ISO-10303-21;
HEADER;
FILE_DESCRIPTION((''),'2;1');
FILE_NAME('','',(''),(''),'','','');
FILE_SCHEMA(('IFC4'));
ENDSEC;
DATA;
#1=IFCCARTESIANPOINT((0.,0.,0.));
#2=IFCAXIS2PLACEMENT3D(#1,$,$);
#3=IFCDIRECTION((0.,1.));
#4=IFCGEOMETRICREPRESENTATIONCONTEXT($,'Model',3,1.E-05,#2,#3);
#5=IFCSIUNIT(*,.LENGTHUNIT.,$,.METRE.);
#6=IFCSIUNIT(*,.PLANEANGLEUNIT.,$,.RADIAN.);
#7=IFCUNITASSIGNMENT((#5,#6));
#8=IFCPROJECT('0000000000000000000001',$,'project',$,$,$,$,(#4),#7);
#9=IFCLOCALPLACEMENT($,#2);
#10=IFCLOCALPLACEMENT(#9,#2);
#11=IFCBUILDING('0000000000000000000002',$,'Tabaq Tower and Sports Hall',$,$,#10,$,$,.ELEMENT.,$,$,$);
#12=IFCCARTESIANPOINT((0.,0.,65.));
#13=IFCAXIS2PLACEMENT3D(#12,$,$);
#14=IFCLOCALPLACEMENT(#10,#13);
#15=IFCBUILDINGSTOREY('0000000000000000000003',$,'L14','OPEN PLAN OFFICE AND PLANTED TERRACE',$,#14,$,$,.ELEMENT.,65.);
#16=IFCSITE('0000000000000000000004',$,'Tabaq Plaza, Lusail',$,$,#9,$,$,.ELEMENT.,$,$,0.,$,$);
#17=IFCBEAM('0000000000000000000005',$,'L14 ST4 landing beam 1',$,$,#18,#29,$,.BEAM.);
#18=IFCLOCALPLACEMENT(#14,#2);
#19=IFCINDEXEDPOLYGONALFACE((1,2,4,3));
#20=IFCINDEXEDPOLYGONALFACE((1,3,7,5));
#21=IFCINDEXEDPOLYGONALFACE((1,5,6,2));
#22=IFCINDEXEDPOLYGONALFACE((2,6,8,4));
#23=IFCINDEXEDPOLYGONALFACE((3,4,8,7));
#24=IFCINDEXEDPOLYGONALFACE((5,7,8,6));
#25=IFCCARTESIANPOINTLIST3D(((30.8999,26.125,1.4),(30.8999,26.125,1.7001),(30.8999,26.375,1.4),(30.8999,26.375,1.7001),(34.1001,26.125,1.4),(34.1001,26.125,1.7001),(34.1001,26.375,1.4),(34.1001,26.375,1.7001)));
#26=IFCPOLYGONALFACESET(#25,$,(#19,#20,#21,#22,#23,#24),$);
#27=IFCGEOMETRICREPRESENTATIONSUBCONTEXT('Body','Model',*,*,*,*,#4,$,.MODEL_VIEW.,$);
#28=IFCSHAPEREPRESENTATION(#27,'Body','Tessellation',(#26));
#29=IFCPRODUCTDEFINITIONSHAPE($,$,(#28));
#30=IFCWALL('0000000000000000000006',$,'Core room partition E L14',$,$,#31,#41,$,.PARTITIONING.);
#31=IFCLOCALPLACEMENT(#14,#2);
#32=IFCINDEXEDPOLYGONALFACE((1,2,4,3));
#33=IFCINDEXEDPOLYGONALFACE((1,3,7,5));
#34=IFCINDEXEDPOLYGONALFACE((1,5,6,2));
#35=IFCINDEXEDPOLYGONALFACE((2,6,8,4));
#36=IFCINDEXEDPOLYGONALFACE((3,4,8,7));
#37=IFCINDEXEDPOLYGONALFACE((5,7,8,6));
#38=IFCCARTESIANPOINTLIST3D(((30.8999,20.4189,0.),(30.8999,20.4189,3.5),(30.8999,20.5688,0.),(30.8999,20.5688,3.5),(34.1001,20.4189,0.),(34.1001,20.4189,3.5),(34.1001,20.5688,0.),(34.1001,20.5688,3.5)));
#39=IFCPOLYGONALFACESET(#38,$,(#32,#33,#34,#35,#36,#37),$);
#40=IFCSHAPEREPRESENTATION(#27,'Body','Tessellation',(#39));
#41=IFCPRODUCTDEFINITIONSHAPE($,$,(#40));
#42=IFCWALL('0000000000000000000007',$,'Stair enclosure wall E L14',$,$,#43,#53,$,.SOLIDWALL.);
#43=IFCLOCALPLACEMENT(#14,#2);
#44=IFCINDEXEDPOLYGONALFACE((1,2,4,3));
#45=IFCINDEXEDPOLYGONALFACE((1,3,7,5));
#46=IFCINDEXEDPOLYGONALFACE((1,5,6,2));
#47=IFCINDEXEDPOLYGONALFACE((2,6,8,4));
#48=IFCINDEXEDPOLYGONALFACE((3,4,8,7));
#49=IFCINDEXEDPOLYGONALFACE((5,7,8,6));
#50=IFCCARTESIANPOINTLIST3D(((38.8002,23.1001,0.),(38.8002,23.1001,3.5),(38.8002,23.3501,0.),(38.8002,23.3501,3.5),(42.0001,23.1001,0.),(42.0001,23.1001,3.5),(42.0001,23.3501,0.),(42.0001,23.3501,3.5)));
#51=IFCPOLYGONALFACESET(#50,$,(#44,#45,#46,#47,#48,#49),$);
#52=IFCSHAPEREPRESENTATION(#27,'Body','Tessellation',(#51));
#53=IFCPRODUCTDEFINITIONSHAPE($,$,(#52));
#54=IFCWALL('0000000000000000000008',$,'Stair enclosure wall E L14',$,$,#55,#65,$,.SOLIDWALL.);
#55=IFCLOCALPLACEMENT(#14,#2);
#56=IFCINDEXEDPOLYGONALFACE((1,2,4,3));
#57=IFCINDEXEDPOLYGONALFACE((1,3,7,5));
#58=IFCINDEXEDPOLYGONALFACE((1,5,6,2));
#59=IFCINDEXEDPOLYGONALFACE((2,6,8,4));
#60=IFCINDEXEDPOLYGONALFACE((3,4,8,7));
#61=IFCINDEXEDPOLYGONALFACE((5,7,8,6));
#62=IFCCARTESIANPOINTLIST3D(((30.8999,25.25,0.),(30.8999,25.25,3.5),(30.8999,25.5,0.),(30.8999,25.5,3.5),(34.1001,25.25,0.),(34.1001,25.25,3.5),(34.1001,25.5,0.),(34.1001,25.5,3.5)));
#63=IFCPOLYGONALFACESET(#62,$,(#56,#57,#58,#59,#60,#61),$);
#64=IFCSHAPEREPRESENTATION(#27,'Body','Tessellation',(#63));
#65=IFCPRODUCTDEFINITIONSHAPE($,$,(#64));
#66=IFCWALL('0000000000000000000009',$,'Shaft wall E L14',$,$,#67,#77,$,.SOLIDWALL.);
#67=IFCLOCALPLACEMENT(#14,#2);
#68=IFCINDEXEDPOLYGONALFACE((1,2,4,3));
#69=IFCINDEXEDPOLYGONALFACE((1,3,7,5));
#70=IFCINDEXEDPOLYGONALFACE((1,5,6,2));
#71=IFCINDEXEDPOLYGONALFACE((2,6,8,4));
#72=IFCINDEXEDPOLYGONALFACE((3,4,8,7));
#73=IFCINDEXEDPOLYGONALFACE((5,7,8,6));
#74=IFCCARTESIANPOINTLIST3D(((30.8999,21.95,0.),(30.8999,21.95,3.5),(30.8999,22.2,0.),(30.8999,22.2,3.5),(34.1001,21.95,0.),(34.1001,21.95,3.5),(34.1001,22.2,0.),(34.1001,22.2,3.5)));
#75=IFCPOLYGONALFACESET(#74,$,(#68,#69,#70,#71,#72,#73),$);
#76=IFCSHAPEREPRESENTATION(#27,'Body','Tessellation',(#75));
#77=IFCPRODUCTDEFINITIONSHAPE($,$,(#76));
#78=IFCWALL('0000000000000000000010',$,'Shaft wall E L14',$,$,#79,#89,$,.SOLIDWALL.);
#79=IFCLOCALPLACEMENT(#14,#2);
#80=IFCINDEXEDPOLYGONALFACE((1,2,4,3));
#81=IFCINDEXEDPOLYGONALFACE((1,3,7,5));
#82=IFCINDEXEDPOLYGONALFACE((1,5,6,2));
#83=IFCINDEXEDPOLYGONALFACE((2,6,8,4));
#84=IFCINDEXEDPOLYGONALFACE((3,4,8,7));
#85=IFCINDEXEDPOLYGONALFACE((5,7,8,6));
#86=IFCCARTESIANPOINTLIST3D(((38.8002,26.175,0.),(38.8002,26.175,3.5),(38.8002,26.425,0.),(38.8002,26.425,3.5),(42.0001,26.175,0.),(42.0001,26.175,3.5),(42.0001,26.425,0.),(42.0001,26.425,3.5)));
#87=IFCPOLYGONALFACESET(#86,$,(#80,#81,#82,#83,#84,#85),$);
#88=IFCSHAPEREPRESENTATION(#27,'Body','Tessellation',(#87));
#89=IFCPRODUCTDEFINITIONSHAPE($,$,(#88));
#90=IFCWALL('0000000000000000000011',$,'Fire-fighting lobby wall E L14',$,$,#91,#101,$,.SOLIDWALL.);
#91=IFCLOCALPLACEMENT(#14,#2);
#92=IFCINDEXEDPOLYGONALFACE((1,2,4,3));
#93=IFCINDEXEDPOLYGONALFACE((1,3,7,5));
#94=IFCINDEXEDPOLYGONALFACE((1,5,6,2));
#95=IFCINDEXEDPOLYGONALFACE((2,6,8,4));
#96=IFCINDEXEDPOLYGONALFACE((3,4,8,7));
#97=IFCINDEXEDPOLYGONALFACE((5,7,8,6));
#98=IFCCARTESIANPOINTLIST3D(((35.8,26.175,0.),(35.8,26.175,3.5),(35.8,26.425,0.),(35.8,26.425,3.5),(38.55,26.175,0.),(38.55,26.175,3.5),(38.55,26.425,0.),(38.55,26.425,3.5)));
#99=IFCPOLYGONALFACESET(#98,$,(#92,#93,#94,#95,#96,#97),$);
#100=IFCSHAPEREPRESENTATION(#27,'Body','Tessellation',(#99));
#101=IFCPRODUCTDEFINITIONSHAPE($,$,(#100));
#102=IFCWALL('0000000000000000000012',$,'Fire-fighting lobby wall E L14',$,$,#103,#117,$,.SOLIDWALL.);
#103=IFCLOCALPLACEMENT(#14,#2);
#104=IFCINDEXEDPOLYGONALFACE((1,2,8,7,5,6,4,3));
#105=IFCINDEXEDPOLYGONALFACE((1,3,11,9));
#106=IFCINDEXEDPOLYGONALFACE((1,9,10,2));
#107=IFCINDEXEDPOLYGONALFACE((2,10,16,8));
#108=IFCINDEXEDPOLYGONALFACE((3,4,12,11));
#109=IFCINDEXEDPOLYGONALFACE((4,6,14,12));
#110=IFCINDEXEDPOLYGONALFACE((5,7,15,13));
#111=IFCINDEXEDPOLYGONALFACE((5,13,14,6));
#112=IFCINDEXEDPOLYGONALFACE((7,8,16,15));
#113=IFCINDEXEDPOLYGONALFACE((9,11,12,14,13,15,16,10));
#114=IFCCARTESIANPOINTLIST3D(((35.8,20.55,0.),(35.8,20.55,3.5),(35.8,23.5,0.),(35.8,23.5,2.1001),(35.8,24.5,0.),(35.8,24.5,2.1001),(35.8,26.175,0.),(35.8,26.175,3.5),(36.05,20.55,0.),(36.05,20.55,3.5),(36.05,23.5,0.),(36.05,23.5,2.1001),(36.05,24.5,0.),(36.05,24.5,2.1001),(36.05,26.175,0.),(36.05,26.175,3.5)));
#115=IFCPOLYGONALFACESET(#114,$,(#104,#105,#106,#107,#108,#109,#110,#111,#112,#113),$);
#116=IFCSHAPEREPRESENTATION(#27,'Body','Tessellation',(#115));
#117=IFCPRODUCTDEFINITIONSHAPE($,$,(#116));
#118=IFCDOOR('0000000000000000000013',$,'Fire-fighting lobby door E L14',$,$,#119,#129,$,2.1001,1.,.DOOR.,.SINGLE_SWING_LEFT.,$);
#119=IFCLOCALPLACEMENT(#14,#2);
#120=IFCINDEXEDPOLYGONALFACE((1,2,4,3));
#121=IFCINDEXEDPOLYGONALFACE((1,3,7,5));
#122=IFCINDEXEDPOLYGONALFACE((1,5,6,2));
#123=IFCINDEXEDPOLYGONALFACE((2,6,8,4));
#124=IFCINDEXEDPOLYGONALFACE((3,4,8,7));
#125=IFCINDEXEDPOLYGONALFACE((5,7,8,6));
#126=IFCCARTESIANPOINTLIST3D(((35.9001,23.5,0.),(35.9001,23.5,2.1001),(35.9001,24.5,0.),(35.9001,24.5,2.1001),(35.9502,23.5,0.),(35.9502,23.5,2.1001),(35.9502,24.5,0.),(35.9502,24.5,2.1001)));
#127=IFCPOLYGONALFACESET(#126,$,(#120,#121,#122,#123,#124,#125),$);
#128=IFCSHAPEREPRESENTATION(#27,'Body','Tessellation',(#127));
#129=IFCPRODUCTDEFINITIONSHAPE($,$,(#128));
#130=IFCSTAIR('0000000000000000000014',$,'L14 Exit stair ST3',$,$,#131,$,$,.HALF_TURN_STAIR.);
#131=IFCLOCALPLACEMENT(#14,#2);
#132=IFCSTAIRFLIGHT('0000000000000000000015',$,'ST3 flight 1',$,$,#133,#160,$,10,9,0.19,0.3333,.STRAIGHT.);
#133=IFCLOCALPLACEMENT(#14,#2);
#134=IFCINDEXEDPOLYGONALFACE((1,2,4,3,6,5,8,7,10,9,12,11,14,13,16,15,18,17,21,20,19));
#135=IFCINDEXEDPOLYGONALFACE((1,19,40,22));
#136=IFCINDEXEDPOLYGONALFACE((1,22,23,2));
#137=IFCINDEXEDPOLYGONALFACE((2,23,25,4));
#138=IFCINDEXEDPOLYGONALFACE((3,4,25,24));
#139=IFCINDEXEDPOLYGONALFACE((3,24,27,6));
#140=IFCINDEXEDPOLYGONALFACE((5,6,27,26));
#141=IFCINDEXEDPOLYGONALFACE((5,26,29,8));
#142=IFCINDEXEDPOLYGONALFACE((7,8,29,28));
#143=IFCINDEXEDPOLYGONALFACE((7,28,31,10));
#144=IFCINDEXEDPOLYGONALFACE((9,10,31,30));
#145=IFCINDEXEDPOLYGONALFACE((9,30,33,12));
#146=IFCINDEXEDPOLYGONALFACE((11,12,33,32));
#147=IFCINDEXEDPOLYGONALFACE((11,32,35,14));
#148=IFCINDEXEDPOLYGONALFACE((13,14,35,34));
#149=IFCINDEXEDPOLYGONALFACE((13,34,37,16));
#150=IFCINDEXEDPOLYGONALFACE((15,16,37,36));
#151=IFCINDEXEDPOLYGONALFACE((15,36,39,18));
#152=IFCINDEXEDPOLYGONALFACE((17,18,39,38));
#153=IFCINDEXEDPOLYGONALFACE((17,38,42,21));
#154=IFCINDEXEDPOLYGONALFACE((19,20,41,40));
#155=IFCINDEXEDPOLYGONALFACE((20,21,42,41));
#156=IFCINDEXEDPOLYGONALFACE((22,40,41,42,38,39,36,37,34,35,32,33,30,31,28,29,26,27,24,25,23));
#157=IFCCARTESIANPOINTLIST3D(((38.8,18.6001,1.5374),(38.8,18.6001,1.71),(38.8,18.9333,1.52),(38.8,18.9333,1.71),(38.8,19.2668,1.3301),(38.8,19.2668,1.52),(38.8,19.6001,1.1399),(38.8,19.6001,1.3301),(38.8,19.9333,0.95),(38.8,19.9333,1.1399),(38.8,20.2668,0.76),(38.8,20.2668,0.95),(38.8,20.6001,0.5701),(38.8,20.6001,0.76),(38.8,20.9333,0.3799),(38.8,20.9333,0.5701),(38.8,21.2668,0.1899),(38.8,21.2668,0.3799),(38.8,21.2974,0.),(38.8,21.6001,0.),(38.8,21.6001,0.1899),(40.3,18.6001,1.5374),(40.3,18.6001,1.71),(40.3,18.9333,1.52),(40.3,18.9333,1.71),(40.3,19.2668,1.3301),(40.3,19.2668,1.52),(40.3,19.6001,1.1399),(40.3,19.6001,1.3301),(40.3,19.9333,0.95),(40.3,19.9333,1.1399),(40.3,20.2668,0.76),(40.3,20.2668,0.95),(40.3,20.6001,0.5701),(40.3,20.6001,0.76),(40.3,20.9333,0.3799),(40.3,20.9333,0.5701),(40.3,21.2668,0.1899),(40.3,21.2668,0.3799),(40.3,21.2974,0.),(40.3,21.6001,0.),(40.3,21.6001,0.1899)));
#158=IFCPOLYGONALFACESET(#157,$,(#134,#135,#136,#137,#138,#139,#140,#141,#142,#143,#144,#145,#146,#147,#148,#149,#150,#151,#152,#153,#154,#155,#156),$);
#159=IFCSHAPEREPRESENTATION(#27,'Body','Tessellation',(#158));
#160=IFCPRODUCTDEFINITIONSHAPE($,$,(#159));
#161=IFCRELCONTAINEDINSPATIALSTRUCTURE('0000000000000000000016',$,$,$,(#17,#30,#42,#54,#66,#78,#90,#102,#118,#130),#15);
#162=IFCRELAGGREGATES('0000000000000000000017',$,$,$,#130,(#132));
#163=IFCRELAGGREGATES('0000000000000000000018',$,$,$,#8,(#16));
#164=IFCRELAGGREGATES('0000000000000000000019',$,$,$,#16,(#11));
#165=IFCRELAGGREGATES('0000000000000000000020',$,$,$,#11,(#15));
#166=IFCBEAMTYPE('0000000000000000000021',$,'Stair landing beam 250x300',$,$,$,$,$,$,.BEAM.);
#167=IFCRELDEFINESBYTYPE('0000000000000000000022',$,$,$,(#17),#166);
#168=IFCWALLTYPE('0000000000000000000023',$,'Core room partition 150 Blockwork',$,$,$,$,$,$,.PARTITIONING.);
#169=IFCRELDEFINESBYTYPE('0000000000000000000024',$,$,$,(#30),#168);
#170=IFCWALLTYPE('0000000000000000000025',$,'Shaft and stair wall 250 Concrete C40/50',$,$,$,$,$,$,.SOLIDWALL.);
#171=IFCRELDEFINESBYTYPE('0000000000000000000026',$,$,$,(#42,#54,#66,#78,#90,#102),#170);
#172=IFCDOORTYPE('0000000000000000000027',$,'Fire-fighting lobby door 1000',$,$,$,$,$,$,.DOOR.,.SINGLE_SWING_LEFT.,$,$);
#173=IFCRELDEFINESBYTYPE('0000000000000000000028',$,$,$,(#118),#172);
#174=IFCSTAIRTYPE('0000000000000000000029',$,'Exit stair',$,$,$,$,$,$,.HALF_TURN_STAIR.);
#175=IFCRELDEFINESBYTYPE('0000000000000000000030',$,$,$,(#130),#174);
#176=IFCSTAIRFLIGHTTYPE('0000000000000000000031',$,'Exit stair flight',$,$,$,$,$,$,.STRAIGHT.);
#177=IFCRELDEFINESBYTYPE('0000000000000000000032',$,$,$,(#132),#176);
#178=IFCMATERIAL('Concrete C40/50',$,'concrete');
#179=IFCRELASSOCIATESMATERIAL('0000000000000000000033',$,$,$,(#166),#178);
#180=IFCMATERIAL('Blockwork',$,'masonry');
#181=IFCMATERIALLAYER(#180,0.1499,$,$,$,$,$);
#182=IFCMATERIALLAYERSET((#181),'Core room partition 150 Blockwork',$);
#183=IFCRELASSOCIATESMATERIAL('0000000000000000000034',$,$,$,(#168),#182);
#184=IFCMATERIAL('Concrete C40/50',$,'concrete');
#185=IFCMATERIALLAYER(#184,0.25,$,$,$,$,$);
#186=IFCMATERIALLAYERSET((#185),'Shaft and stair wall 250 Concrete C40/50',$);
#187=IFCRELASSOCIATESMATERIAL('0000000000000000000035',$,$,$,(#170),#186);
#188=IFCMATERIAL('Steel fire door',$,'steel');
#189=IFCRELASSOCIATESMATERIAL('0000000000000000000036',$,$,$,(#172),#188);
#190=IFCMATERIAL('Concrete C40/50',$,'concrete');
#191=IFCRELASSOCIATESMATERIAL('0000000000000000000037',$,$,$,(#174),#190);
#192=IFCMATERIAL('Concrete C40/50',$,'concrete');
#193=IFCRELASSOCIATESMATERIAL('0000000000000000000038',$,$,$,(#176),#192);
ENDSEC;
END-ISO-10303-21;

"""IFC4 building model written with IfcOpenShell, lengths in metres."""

from ifc_helpers import new_model, si_unit, direction, frame, frame_2d, origin, origin_2d, place, context, subcontext, project, spatial, polyline, rectangle, outline, extrude, material, layer, layer_set, material_profile, profile_set, type_object, element, fill, aggregate, save


model = new_model("IFC4")

# Units and contexts
model_context = context("Model", 3, precision=1e-05, world=origin(), true_north=direction((0.0, 1.0)))
body_context = subcontext(model_context, "Body", "Model", "MODEL_VIEW")
ifc_project = project(units=[si_unit("LENGTHUNIT", "METRE"), si_unit("PLANEANGLEUNIT", "RADIAN")], contexts=[model_context])

# Site, building, storey
site_placement = place(None, origin())
site = spatial("IfcSite", under=ifc_project, at=site_placement, Name="Tabaq Plaza, Lusail", CompositionType="ELEMENT", RefElevation=0.0)
building_placement = place(site_placement, origin())
building = spatial("IfcBuilding", under=site, at=building_placement, Name="Tabaq Tower and Sports Hall", CompositionType="ELEMENT")
storey_placement = place(building_placement, frame((0.0, 0.0, 65.0)))
storey = spatial("IfcBuildingStorey", under=building, at=storey_placement, Name="L14", Description="OPEN PLAN OFFICE AND PLANTED TERRACE", CompositionType="ELEMENT", Elevation=65.0)

# Beam
ifc_material_1 = material(Name="Concrete C40/50", Category="concrete")
ifc_material_profile = material_profile(ifc_material_1, rectangle(XDim=0.25, YDim=0.3, at=origin_2d()), Name="RC 250x300")
ifc_profile_set = profile_set([ifc_material_profile], Name="Concrete C40/50")
beam_type = type_object("IfcBeamType", Name="Stair landing beam 250x300", PredefinedType="BEAM", material=ifc_profile_set)
beam_placement = place(storey_placement, frame((30.8999, 26.25, 1.55), z_axis=(1.0, 0.0, 0.0), x_axis=(0.0, 1.0, 0.0)))
element("IfcBeam", 1, at=beam_placement, inside=storey, type_object=beam_type, Name="L14 ST4 landing beam 1", PredefinedType="BEAM", context=body_context, shape_type="SweptSolid", body=[
    extrude(rectangle(XDim=0.25, YDim=0.3, at=origin_2d()), origin(), (0.0, 0.0, 1.0), 3.2002),
])

# Walls
ifc_material_2 = material(Name="Blockwork", Category="masonry")
ifc_layer_1 = layer(ifc_material_2, 0.1499)
ifc_layer_set_1 = layer_set([ifc_layer_1], Name="Core room partition 150 Blockwork")
wall_type_1 = type_object("IfcWallType", Name="Core room partition 150 Blockwork", PredefinedType="PARTITIONING", material=ifc_layer_set_1)
wall_1_placement = place(storey_placement, frame((30.8999, 20.4939, 0.0), z_axis=(0.0, 0.0, 1.0), x_axis=(1.0, 0.0, 0.0)))
element("IfcWall", 2, at=wall_1_placement, inside=storey, type_object=wall_type_1, Name="Core room partition E L14", PredefinedType="PARTITIONING", context=body_context, shape_type="SweptSolid", body=[
    extrude(rectangle(XDim=3.2002, YDim=0.1499, at=frame_2d((1.6001, 0.0))), origin(), (0.0, 0.0, 1.0), 3.5),
])
ifc_material_3 = material(Name="Concrete C40/50", Category="concrete")
ifc_layer_2 = layer(ifc_material_3, 0.25)
ifc_layer_set_2 = layer_set([ifc_layer_2], Name="Shaft and stair wall 250 Concrete C40/50")
wall_type_2 = type_object("IfcWallType", Name="Shaft and stair wall 250 Concrete C40/50", PredefinedType="SOLIDWALL", material=ifc_layer_set_2)
wall_2_placement = place(storey_placement, frame((38.8, 23.2251, 0.0), z_axis=(0.0, 0.0, 1.0), x_axis=(1.0, 0.0, 0.0)))
element("IfcWall", 3, at=wall_2_placement, inside=storey, type_object=wall_type_2, Name="Stair enclosure wall E L14", PredefinedType="SOLIDWALL", context=body_context, shape_type="SweptSolid", body=[
    extrude(rectangle(XDim=3.2, YDim=0.25, at=frame_2d((1.6001, 0.0))), origin(), (0.0, 0.0, 1.0), 3.5),
])
for number, where, z_axis, x_axis, name in (
    (4, (30.8999, 25.375, 0.0), (0.0, 0.0, 1.0), (1.0, 0.0, 0.0), "Stair enclosure wall E L14"),
    (5, (30.8999, 22.075, 0.0), (0.0, 0.0, 1.0), (1.0, 0.0, 0.0), "Shaft wall E L14"),
):
    element("IfcWall", number, at=place(storey_placement, frame(where, z_axis=z_axis, x_axis=x_axis)), inside=storey, type_object=wall_type_2, Name=name, PredefinedType="SOLIDWALL", context=body_context, shape_type="SweptSolid", body=[
        extrude(rectangle(XDim=3.2002, YDim=0.25, at=frame_2d((1.6001, 0.0))), origin(), (0.0, 0.0, 1.0), 3.5),
    ])
wall_3_placement = place(storey_placement, frame((38.8, 26.3, 0.0), z_axis=(0.0, 0.0, 1.0), x_axis=(1.0, 0.0, 0.0)))
element("IfcWall", 6, at=wall_3_placement, inside=storey, type_object=wall_type_2, Name="Shaft wall E L14", PredefinedType="SOLIDWALL", context=body_context, shape_type="SweptSolid", body=[
    extrude(rectangle(XDim=3.2, YDim=0.25, at=frame_2d((1.6001, 0.0))), origin(), (0.0, 0.0, 1.0), 3.5),
])
wall_4_placement = place(storey_placement, frame((35.8, 26.3, 0.0), z_axis=(0.0, 0.0, 1.0), x_axis=(1.0, 0.0, 0.0)))
element("IfcWall", 7, at=wall_4_placement, inside=storey, type_object=wall_type_2, Name="Fire-fighting lobby wall E L14", PredefinedType="SOLIDWALL", context=body_context, shape_type="SweptSolid", body=[
    extrude(rectangle(XDim=2.75, YDim=0.25, at=frame_2d((1.375, 0.0))), origin(), (0.0, 0.0, 1.0), 3.5),
])

# Wall, opening, door
wall_5_placement = place(storey_placement, frame((35.925, 20.55, 0.0), z_axis=(0.0, 0.0, 1.0), x_axis=(0.0, 1.0, 0.0)))
wall_5 = element("IfcWall", 8, at=wall_5_placement, inside=storey, type_object=wall_type_2, Name="Fire-fighting lobby wall E L14", PredefinedType="SOLIDWALL", context=body_context, shape_type="SweptSolid", body=[
    extrude(rectangle(XDim=5.625, YDim=0.25, at=frame_2d((2.8125, 0.0))), origin(), (0.0, 0.0, 1.0), 3.5),
])
opening_placement = place(wall_5_placement, frame((2.95, 0.0, 0.0)))
opening = element("IfcOpeningElement", 9, at=opening_placement, cuts=wall_5, PredefinedType="OPENING", context=body_context, shape_type="SweptSolid", body=[
    extrude(rectangle(XDim=1.0, YDim=2.1001, at=frame_2d((0.5, 1.05))), frame((0.0, 0.125, 0.0), z_axis=(0.0, -1.0, 0.0), x_axis=(1.0, 0.0, 0.0)), (0.0, 0.0, 1.0), 0.25),
])
ifc_material_4 = material(Name="Steel fire door", Category="steel")
door_type = type_object("IfcDoorType", Name="Fire-fighting lobby door 1000", OperationType="SINGLE_SWING_LEFT", PredefinedType="DOOR", material=ifc_material_4)
door_placement = place(opening_placement, origin())
door = element("IfcDoor", 10, at=door_placement, inside=storey, type_object=door_type, Name="Fire-fighting lobby door E L14", OperationType="SINGLE_SWING_LEFT", OverallHeight=2.1001, OverallWidth=1.0, PredefinedType="DOOR", context=body_context, shape_type="SweptSolid", body=[
    extrude(rectangle(XDim=1.0, YDim=2.1001, at=frame_2d((0.5, 1.05))), frame((0.0, 0.0249, 0.0), z_axis=(0.0, -1.0, 0.0), x_axis=(1.0, 0.0, 0.0)), (0.0, 0.0, 1.0), 0.05),
])
fill(opening, door)

# Stair, stair flight
ifc_material_5 = material(Name="Concrete C40/50", Category="concrete")
stair_type = type_object("IfcStairType", Name="Exit stair", PredefinedType="HALF_TURN_STAIR", material=ifc_material_5)
stair_1_placement = place(storey_placement, origin())
stair_1 = element("IfcStair", 11, at=stair_1_placement, inside=storey, type_object=stair_type, Name="L14 Exit stair ST3", PredefinedType="HALF_TURN_STAIR")
ifc_material_6 = material(Name="Concrete C40/50", Category="concrete")
stair_flight_type = type_object("IfcStairFlightType", Name="Exit stair flight", PredefinedType="STRAIGHT", material=ifc_material_6)
stair_flight_1_placement = place(storey_placement, frame((39.55, 21.6001, 0.0), z_axis=(0.0, 0.0, 1.0), x_axis=(0.0, -1.0, 0.0)))
stair_flight_1 = element("IfcStairFlight", 12, at=stair_flight_1_placement, type_object=stair_flight_type, Name="ST3 flight 1", NumberOfRisers=10, NumberOfTreads=9, PredefinedType="STRAIGHT", RiserHeight=0.19, TreadLength=0.3333, context=body_context, shape_type="SweptSolid", body=[
    extrude(outline(polyline([(0.0, 0.0), (0.0, 0.1899), (0.3333, 0.1899), (0.3333, 0.3799), (0.6667, 0.3799), (0.6667, 0.5701), (1.0, 0.5701), (1.0, 0.76), (1.3333, 0.76), (1.3333, 0.95), (1.6667, 0.95), (1.6667, 1.1399), (2.0, 1.1399), (2.0, 1.3301), (2.3333, 1.3301), (2.3333, 1.52), (2.6667, 1.52), (2.6667, 1.71), (3.0, 1.71), (3.0, 1.8999), (3.0, 1.5374), (0.3027, 0.0), (0.0, 0.0)])), frame((0.0, 0.75, 0.0), z_axis=(0.0, -1.0, 0.0), x_axis=(1.0, 0.0, 0.0)), (0.0, 0.0, 1.0), 1.5),
])
aggregate(stair_1, [stair_flight_1])

save(model, "model.ifc")
